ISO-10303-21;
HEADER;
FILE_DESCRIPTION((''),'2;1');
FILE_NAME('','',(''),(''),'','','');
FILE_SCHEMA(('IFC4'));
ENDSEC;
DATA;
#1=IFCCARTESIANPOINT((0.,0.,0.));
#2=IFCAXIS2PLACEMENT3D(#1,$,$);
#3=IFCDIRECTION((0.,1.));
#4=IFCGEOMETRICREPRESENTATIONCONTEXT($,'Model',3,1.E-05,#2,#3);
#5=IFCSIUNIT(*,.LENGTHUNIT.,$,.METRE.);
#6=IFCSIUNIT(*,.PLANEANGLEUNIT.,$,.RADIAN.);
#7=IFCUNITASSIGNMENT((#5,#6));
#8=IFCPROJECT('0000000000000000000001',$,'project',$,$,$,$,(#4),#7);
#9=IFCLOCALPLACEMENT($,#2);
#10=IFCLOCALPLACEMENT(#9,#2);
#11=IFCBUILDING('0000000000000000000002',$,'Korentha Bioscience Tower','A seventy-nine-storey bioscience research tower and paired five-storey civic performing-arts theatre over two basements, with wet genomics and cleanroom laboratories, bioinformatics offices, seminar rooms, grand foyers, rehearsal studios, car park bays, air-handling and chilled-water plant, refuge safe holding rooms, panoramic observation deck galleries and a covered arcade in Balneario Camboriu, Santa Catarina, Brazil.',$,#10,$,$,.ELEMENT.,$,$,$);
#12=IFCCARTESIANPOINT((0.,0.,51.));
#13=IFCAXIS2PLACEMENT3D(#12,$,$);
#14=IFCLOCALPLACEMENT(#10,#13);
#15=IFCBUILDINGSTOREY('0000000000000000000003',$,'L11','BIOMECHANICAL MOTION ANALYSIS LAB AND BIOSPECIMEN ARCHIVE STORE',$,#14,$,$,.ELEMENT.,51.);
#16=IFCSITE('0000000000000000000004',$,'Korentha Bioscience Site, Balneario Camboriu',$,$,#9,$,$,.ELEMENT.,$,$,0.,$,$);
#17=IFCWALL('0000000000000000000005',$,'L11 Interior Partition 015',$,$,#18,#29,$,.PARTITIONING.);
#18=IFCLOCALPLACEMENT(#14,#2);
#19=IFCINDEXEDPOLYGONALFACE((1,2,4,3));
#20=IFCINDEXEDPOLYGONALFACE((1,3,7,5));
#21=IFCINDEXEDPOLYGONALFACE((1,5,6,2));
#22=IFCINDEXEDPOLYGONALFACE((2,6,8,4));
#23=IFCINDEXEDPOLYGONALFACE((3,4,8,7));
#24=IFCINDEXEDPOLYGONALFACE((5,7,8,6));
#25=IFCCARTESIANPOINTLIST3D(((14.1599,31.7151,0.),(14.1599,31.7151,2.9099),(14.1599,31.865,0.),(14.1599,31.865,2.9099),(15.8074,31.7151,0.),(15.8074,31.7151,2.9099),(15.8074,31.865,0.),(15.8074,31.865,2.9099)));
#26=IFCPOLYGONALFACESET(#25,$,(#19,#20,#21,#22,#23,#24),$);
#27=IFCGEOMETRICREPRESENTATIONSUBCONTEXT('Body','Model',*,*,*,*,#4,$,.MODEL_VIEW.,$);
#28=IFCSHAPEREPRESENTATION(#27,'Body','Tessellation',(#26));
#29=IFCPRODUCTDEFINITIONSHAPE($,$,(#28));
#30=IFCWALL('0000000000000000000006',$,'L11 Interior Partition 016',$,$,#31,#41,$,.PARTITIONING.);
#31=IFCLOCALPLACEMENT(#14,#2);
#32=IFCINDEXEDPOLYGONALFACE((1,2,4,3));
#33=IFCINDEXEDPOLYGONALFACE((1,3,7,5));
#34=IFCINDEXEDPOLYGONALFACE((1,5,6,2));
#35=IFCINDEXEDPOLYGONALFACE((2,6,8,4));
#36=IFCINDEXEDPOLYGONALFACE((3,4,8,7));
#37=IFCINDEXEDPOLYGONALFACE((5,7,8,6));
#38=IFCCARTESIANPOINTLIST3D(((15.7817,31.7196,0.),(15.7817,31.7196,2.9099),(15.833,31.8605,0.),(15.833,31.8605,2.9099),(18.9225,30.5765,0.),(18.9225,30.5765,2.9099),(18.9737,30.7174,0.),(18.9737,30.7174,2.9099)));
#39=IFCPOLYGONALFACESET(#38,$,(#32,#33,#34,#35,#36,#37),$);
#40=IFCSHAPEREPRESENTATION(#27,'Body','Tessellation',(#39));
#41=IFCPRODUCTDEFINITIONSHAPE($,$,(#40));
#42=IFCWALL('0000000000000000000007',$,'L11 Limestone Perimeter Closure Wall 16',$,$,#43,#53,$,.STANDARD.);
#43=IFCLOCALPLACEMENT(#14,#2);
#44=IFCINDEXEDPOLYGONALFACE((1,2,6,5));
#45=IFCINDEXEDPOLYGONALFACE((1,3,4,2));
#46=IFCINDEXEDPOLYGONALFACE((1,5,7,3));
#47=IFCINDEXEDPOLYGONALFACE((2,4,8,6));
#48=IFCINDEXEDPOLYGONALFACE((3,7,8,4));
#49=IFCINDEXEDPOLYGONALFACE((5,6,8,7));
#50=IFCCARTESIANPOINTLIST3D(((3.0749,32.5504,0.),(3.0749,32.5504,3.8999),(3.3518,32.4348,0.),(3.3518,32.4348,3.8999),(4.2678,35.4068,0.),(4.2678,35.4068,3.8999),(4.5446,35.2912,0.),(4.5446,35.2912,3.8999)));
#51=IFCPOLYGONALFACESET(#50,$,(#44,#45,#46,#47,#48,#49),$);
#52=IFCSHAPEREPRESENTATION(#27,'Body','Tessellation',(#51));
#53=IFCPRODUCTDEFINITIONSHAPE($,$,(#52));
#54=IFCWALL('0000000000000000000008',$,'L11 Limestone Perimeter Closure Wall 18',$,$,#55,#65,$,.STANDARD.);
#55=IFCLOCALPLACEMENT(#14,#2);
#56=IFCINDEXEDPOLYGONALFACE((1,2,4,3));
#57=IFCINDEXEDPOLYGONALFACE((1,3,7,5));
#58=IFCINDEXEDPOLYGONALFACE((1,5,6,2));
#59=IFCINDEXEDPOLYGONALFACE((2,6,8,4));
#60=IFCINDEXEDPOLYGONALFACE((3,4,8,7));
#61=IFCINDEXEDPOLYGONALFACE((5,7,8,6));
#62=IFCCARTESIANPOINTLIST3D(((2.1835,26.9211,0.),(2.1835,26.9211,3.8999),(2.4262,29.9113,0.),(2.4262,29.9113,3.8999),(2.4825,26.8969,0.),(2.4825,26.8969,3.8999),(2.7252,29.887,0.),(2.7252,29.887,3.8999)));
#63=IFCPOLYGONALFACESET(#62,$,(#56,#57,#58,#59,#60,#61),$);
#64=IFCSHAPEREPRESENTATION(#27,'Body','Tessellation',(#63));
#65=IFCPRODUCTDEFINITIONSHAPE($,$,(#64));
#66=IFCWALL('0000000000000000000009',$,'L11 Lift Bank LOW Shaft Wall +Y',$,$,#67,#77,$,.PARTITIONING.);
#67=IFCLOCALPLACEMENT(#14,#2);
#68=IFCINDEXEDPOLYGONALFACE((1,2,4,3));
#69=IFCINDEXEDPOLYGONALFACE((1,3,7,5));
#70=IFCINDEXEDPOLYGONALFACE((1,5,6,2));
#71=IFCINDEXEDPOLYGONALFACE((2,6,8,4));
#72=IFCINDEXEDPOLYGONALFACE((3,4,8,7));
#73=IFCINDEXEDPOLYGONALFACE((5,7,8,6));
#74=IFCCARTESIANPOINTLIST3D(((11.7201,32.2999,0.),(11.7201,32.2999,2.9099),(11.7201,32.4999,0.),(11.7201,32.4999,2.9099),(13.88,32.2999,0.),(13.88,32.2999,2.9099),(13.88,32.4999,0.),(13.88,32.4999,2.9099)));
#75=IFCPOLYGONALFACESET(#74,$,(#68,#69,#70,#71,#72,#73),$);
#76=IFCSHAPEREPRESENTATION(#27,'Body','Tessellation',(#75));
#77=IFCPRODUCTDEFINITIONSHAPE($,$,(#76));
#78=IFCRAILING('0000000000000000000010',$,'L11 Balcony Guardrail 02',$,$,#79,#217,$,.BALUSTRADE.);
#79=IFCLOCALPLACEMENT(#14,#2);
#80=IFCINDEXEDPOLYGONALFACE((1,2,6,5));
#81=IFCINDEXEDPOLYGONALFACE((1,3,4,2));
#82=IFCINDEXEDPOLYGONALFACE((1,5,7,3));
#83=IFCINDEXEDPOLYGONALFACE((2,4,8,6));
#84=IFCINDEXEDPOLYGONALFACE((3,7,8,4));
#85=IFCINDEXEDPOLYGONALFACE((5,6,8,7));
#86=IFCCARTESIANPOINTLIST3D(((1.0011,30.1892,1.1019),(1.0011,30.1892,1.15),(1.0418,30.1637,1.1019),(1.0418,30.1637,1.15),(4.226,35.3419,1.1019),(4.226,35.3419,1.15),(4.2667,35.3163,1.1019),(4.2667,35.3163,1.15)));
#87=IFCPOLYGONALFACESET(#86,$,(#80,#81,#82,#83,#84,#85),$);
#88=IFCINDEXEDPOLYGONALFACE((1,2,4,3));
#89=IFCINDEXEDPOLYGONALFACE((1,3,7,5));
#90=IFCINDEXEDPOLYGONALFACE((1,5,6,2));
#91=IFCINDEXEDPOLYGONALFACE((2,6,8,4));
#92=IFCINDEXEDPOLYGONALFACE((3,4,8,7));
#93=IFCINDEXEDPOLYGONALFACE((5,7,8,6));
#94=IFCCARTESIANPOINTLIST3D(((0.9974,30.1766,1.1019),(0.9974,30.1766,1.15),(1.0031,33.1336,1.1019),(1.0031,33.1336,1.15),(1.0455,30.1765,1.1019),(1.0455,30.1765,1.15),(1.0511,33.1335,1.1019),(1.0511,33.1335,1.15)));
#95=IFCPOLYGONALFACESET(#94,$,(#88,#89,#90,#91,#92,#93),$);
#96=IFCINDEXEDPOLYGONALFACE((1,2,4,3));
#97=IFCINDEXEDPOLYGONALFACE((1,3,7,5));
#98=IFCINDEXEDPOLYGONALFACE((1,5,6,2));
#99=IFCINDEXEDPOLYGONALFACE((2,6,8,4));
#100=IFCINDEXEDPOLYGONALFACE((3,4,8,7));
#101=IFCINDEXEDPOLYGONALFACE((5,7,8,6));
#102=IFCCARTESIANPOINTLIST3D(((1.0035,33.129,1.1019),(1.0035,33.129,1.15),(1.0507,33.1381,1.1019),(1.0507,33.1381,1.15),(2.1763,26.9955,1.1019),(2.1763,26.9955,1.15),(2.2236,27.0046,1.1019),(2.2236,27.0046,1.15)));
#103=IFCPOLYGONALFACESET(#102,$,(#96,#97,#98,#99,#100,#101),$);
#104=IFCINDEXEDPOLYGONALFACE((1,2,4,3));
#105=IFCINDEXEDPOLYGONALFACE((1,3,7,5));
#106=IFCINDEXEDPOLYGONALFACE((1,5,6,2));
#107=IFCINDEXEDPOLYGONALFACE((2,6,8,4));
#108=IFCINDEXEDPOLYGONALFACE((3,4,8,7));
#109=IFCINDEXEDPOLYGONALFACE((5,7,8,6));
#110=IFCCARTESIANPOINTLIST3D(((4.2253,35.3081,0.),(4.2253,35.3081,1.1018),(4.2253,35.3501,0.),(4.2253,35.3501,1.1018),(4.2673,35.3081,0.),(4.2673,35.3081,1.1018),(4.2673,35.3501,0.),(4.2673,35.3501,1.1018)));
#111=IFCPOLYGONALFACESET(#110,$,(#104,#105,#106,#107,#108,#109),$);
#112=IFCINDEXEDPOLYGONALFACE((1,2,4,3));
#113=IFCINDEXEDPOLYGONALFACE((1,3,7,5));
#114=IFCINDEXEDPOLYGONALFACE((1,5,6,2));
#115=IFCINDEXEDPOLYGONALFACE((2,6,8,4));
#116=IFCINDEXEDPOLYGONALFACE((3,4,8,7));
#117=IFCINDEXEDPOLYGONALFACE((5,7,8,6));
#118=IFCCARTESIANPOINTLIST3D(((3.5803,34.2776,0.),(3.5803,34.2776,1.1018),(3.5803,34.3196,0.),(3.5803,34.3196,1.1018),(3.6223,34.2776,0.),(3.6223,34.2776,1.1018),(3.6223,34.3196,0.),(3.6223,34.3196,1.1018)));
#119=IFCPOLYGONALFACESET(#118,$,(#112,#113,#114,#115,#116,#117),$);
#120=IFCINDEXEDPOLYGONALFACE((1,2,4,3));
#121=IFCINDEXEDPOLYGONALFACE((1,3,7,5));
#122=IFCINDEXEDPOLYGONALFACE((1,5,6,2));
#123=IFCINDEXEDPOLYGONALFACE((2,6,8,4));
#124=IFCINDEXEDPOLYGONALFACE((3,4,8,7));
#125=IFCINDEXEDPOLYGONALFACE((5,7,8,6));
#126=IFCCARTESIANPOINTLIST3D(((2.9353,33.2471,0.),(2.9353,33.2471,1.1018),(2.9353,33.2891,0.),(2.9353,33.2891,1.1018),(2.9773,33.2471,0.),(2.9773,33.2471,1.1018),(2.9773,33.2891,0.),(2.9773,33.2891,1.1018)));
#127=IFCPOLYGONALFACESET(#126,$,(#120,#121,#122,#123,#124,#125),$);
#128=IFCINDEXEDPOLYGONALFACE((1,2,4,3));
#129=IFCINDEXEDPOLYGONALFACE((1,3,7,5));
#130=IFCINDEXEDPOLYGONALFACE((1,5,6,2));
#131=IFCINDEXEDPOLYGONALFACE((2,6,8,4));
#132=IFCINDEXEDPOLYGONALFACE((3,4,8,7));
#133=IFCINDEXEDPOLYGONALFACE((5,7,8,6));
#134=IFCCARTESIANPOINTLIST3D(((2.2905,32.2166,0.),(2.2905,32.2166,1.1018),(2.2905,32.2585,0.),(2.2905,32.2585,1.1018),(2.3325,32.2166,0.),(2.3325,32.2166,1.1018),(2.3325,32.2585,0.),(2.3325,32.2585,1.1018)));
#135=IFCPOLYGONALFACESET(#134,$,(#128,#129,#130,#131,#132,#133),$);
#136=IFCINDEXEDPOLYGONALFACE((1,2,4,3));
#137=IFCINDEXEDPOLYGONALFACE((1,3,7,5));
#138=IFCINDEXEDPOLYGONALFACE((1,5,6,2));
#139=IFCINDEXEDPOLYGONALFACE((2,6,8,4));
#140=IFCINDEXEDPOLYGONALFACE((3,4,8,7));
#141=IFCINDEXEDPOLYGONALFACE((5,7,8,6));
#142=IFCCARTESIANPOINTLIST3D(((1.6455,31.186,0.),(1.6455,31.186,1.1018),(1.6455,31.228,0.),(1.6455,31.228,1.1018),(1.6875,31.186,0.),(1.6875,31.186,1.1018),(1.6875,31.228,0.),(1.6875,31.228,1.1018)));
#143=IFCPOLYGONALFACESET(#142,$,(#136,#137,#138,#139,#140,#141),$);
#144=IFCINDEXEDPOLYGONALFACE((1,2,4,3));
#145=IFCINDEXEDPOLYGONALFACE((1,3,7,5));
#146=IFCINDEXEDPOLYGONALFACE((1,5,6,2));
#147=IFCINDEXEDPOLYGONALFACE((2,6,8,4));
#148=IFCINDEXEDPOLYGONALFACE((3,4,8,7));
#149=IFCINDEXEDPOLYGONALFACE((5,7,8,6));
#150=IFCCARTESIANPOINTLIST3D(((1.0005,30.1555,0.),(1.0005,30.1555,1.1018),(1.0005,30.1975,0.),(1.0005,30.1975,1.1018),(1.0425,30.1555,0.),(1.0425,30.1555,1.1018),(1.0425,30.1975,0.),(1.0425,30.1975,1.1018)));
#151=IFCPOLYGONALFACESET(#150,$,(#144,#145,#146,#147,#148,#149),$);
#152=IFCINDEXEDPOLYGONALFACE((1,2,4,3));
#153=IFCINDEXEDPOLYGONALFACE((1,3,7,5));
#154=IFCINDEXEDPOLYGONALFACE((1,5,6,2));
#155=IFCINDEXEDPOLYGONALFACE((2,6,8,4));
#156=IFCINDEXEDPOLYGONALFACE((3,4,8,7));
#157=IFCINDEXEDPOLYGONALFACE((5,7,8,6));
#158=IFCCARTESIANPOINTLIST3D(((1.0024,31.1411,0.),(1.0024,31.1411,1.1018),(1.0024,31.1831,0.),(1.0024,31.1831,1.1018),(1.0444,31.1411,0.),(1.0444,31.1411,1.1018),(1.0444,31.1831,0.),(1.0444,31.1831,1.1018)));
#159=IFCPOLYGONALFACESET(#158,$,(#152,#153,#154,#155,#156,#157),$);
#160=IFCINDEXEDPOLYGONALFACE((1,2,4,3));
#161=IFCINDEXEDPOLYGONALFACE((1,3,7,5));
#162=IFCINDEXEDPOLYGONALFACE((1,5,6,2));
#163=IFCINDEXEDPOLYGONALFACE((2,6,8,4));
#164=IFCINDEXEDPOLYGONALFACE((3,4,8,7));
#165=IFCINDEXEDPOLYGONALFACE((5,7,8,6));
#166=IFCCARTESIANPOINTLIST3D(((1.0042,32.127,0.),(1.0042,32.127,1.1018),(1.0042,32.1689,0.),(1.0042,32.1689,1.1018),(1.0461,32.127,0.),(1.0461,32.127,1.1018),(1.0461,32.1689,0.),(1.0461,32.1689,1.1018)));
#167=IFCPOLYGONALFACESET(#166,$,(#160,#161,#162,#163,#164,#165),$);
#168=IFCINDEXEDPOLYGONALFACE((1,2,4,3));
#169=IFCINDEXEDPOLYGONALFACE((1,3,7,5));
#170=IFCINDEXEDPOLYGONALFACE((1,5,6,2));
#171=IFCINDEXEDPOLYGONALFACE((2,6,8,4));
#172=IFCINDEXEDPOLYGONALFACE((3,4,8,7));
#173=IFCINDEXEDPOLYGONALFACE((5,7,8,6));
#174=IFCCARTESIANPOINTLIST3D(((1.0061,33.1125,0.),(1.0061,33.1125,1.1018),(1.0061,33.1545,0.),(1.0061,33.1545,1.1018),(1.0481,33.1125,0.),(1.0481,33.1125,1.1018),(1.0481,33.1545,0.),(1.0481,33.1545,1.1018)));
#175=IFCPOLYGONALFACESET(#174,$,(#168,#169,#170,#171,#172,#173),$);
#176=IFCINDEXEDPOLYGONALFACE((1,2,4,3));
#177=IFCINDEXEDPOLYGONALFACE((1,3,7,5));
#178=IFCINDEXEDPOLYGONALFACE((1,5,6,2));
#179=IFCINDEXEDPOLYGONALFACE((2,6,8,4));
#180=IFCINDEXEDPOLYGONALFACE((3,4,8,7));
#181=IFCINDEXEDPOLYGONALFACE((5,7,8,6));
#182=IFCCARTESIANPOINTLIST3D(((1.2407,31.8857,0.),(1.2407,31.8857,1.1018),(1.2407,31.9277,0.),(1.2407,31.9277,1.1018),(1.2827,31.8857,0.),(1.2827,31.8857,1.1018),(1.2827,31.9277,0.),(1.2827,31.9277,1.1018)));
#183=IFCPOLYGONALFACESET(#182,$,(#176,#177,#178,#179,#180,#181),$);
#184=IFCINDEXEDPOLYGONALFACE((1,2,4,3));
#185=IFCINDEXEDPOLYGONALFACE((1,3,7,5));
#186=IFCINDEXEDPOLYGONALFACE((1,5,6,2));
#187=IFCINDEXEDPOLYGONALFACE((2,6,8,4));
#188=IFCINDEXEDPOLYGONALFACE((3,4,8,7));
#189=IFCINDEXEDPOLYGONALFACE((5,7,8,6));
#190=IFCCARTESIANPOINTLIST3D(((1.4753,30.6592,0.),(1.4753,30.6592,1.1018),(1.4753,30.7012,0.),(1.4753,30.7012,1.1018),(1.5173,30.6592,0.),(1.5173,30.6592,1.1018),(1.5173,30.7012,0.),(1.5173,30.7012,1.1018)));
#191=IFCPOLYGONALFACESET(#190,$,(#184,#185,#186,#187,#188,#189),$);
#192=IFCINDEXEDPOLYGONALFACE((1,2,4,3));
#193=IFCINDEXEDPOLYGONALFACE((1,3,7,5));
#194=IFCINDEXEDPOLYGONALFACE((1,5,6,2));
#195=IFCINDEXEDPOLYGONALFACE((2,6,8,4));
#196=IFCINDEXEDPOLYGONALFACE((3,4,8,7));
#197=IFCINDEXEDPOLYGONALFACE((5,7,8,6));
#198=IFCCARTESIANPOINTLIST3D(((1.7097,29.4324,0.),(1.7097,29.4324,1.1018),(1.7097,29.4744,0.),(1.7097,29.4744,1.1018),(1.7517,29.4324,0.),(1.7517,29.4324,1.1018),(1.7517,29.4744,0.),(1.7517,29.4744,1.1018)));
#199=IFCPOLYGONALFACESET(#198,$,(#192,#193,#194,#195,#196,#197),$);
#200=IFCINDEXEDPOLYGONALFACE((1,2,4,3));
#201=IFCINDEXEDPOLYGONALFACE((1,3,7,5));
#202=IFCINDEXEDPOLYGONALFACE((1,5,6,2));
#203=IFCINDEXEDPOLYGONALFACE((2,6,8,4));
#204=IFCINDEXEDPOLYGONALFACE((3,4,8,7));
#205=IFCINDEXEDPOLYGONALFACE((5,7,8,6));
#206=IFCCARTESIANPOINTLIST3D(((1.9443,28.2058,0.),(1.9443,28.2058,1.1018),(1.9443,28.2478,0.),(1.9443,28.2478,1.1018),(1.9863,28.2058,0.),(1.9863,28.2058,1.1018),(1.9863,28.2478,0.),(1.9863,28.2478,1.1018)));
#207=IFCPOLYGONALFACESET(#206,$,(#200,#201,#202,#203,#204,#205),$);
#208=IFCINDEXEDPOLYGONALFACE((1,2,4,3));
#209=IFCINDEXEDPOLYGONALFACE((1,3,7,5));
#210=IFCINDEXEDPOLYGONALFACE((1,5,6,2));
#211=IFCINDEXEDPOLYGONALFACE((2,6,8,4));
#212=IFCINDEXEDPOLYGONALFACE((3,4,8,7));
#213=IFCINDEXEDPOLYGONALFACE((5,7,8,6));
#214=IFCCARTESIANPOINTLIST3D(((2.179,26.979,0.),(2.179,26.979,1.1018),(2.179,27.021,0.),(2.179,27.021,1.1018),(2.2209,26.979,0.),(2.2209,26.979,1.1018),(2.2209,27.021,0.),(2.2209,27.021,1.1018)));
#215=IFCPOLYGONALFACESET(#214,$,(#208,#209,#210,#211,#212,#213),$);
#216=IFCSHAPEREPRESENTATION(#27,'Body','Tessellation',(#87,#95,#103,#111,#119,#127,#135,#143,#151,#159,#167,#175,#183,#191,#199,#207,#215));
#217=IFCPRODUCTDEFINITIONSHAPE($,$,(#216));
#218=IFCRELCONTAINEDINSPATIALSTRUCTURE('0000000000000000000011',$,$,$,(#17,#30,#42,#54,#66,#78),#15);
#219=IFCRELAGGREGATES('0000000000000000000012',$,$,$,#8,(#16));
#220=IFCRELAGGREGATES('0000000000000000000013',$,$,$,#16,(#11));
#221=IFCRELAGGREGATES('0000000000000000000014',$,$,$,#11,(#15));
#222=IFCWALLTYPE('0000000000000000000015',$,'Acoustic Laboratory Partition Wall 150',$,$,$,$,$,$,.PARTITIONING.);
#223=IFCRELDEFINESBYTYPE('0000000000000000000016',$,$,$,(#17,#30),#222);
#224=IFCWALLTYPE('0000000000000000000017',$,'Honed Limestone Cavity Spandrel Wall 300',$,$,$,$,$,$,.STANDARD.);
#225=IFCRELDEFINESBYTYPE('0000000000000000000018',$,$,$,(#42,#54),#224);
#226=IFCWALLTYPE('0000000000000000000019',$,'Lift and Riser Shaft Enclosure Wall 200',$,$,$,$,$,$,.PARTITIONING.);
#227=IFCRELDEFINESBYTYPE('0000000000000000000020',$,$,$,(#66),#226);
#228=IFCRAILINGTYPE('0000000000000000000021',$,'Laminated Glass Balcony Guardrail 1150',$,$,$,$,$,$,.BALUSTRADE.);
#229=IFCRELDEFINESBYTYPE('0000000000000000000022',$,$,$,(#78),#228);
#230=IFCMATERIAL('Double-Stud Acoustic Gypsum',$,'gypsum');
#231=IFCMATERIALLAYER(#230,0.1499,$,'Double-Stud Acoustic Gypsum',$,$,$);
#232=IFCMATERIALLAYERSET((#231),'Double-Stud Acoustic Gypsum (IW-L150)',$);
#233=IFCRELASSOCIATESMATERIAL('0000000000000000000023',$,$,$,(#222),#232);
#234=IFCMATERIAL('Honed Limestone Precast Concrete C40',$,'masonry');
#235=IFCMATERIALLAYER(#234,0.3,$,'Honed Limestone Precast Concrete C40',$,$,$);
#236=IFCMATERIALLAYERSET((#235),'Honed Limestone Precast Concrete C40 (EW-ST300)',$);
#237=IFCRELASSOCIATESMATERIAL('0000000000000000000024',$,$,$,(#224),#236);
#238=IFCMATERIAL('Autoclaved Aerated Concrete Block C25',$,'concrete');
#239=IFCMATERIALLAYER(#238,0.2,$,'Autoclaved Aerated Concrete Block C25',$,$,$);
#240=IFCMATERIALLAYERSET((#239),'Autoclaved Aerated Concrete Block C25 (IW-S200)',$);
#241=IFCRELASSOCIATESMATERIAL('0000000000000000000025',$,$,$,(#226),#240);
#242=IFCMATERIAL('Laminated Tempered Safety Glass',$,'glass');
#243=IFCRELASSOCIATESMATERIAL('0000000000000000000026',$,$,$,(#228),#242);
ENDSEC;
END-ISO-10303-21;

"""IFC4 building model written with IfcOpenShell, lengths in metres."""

from ifc_helpers import new_model, si_unit, direction, frame, frame_2d, origin, origin_2d, place, context, subcontext, project, spatial, rectangle, extrude, material, layer, layer_set, type_object, element, save


model = new_model("IFC4")

# Units and contexts
model_context = context("Model", 3, precision=1e-05, world=origin(), true_north=direction((0.0, 1.0)))
body_context = subcontext(model_context, "Body", "Model", "MODEL_VIEW")
ifc_project = project(units=[si_unit("LENGTHUNIT", "METRE"), si_unit("PLANEANGLEUNIT", "RADIAN")], contexts=[model_context])

# Site, building, storey
site_placement = place(None, origin())
site = spatial("IfcSite", under=ifc_project, at=site_placement, Name="Korentha Bioscience Site, Balneario Camboriu", CompositionType="ELEMENT", RefElevation=0.0)
building_placement = place(site_placement, origin())
building = spatial("IfcBuilding", under=site, at=building_placement, Name="Korentha Bioscience Tower", Description="A seventy-nine-storey bioscience research tower and paired five-storey civic performing-arts theatre over two basements, with wet genomics and cleanroom laboratories, bioinformatics offices, seminar rooms, grand foyers, rehearsal studios, car park bays, air-handling and chilled-water plant, refuge safe holding rooms, panoramic observation deck galleries and a covered arcade in Balneario Camboriu, Santa Catarina, Brazil.", CompositionType="ELEMENT")
storey_placement = place(building_placement, frame((0.0, 0.0, 51.0)))
storey = spatial("IfcBuildingStorey", under=building, at=storey_placement, Name="L11", Description="BIOMECHANICAL MOTION ANALYSIS LAB AND BIOSPECIMEN ARCHIVE STORE", CompositionType="ELEMENT", Elevation=51.0)

# Walls
ifc_material_1 = material(Name="Double-Stud Acoustic Gypsum", Category="gypsum")
ifc_layer_1 = layer(ifc_material_1, 0.1499, Name="Double-Stud Acoustic Gypsum")
ifc_layer_set_1 = layer_set([ifc_layer_1], Name="Double-Stud Acoustic Gypsum (IW-L150)")
wall_type_1 = type_object("IfcWallType", Name="Acoustic Laboratory Partition Wall 150", PredefinedType="PARTITIONING", material=ifc_layer_set_1)
wall_1_placement = place(storey_placement, frame((14.1599, 31.79, 0.0), z_axis=(0.0, 0.0, 1.0), x_axis=(1.0, 0.0, 0.0)))
element("IfcWall", 1, at=wall_1_placement, inside=storey, type_object=wall_type_1, Name="L11 Interior Partition 015", PredefinedType="PARTITIONING", context=body_context, shape_type="SweptSolid", body=[
    extrude(rectangle(XDim=1.6475, YDim=0.1499, at=frame_2d((0.8237, 0.0))), origin(), (0.0, 0.0, 1.0), 2.9099),
])
wall_2_placement = place(storey_placement, frame((15.8074, 31.79, 0.0), z_axis=(0.0, 0.0, 1.0), x_axis=(0.939695, -0.342013, 0.0)))
element("IfcWall", 2, at=wall_2_placement, inside=storey, type_object=wall_type_1, Name="L11 Interior Partition 016", PredefinedType="PARTITIONING", context=body_context, shape_type="SweptSolid", body=[
    extrude(rectangle(XDim=3.3423, YDim=0.1499, at=frame_2d((1.6711, 0.0))), origin(), (0.0, 0.0, 1.0), 2.9099),
])

# Shared definitions
ifc_material_2 = material(Name="Honed Limestone Precast Concrete C40", Category="masonry")
ifc_layer_2 = layer(ifc_material_2, 0.3, Name="Honed Limestone Precast Concrete C40")
ifc_layer_set_2 = layer_set([ifc_layer_2], Name="Honed Limestone Precast Concrete C40 (EW-ST300)")
wall_type_2 = type_object("IfcWallType", Name="Honed Limestone Cavity Spandrel Wall 300", PredefinedType="STANDARD", material=ifc_layer_set_2)

# Walls
wall_3_placement = place(storey_placement, frame((4.4062, 35.3491, 0.0), z_axis=(0.0, 0.0, 1.0), x_axis=(-0.385354, -0.922769, 0.0)))
element("IfcWall", 3, at=wall_3_placement, inside=storey, type_object=wall_type_2, Name="L11 Limestone Perimeter Closure Wall 16", PredefinedType="STANDARD", context=body_context, shape_type="SweptSolid", body=[
    extrude(rectangle(XDim=3.0955, YDim=0.3, at=frame_2d((1.5479, 0.0))), origin(), (0.0, 0.0, 1.0), 3.8999),
])
wall_4_placement = place(storey_placement, frame((2.5757, 29.8992, 0.0), z_axis=(0.0, 0.0, 1.0), x_axis=(-0.08089, -0.996723, 0.0)))
element("IfcWall", 4, at=wall_4_placement, inside=storey, type_object=wall_type_2, Name="L11 Limestone Perimeter Closure Wall 18", PredefinedType="STANDARD", context=body_context, shape_type="SweptSolid", body=[
    extrude(rectangle(XDim=3.0, YDim=0.3, at=frame_2d((1.5, 0.0))), origin(), (0.0, 0.0, 1.0), 3.8999),
])
ifc_material_3 = material(Name="Autoclaved Aerated Concrete Block C25", Category="concrete")
ifc_layer_3 = layer(ifc_material_3, 0.2, Name="Autoclaved Aerated Concrete Block C25")
ifc_layer_set_3 = layer_set([ifc_layer_3], Name="Autoclaved Aerated Concrete Block C25 (IW-S200)")
wall_type_3 = type_object("IfcWallType", Name="Lift and Riser Shaft Enclosure Wall 200", PredefinedType="PARTITIONING", material=ifc_layer_set_3)
wall_5_placement = place(storey_placement, frame((11.72, 32.3999, 0.0), z_axis=(0.0, 0.0, 1.0), x_axis=(1.0, 0.0, 0.0)))
element("IfcWall", 5, at=wall_5_placement, inside=storey, type_object=wall_type_3, Name="L11 Lift Bank LOW Shaft Wall +Y", PredefinedType="PARTITIONING", context=body_context, shape_type="SweptSolid", body=[
    extrude(rectangle(XDim=2.1599, YDim=0.2, at=frame_2d((1.0801, 0.0))), origin(), (0.0, 0.0, 1.0), 2.9099),
])

# Railing
ifc_material_4 = material(Name="Laminated Tempered Safety Glass", Category="glass")
railing_type = type_object("IfcRailingType", Name="Laminated Glass Balcony Guardrail 1150", PredefinedType="BALUSTRADE", material=ifc_material_4)
railing_placement = place(storey_placement, frame((4.2463, 35.3291, 0.0)))
element("IfcRailing", 6, at=railing_placement, inside=storey, type_object=railing_type, Name="L11 Balcony Guardrail 02", PredefinedType="BALUSTRADE", context=body_context, shape_type="SweptSolid", body=[
    extrude(rectangle(XDim=0.0481, YDim=0.0481, at=origin_2d()), frame((0.0, 0.0, 1.126), z_axis=(-0.53053, -0.847666, 0.0), x_axis=(0.847666, -0.53053, 0.0)), (0.0, 0.0, 1.0), 6.0786),
    extrude(rectangle(XDim=0.0481, YDim=0.0481, at=origin_2d()), frame((-3.2249, -5.1526, 1.126), z_axis=(0.001899, 0.999998, 0.0), x_axis=(-0.999998, 0.001899, 0.0)), (0.0, 0.0, 1.0), 2.957),
    extrude(rectangle(XDim=0.0481, YDim=0.0481, at=origin_2d()), frame((-3.2192, -2.1956, 1.126), z_axis=(0.187816, -0.982204, 0.0), x_axis=(0.982204, 0.187816, 0.0)), (0.0, 0.0, 1.0), 6.2446),
    extrude(rectangle(XDim=0.042, YDim=0.042, at=origin_2d()), origin(), (0.0, 0.0, 1.0), 1.1018),
    extrude(rectangle(XDim=0.042, YDim=0.042, at=origin_2d()), frame((-0.645, -1.0305, 0.0)), (0.0, 0.0, 1.0), 1.1018),
    extrude(rectangle(XDim=0.042, YDim=0.042, at=origin_2d()), frame((-1.29, -2.061, 0.0)), (0.0, 0.0, 1.0), 1.1018),
    extrude(rectangle(XDim=0.042, YDim=0.042, at=origin_2d()), frame((-1.9348, -3.0916, 0.0)), (0.0, 0.0, 1.0), 1.1018),
    extrude(rectangle(XDim=0.042, YDim=0.042, at=origin_2d()), frame((-2.5798, -4.1221, 0.0)), (0.0, 0.0, 1.0), 1.1018),
    extrude(rectangle(XDim=0.042, YDim=0.042, at=origin_2d()), frame((-3.2249, -5.1526, 0.0)), (0.0, 0.0, 1.0), 1.1018),
    extrude(rectangle(XDim=0.042, YDim=0.042, at=origin_2d()), frame((-3.2229, -4.167, 0.0)), (0.0, 0.0, 1.0), 1.1018),
    extrude(rectangle(XDim=0.042, YDim=0.042, at=origin_2d()), frame((-3.2212, -3.1812, 0.0)), (0.0, 0.0, 1.0), 1.1018),
    extrude(rectangle(XDim=0.042, YDim=0.042, at=origin_2d()), frame((-3.2192, -2.1956, 0.0)), (0.0, 0.0, 1.0), 1.1018),
    extrude(rectangle(XDim=0.042, YDim=0.042, at=origin_2d()), frame((-2.9846, -3.4224, 0.0)), (0.0, 0.0, 1.0), 1.1018),
    extrude(rectangle(XDim=0.042, YDim=0.042, at=origin_2d()), frame((-2.75, -4.6489, 0.0)), (0.0, 0.0, 1.0), 1.1018),
    extrude(rectangle(XDim=0.042, YDim=0.042, at=origin_2d()), frame((-2.5156, -5.8757, 0.0)), (0.0, 0.0, 1.0), 1.1018),
    extrude(rectangle(XDim=0.042, YDim=0.042, at=origin_2d()), frame((-2.281, -7.1023, 0.0)), (0.0, 0.0, 1.0), 1.1018),
    extrude(rectangle(XDim=0.042, YDim=0.042, at=origin_2d()), frame((-2.0464, -8.3291, 0.0)), (0.0, 0.0, 1.0), 1.1018),
])

save(model, "model.ifc")
